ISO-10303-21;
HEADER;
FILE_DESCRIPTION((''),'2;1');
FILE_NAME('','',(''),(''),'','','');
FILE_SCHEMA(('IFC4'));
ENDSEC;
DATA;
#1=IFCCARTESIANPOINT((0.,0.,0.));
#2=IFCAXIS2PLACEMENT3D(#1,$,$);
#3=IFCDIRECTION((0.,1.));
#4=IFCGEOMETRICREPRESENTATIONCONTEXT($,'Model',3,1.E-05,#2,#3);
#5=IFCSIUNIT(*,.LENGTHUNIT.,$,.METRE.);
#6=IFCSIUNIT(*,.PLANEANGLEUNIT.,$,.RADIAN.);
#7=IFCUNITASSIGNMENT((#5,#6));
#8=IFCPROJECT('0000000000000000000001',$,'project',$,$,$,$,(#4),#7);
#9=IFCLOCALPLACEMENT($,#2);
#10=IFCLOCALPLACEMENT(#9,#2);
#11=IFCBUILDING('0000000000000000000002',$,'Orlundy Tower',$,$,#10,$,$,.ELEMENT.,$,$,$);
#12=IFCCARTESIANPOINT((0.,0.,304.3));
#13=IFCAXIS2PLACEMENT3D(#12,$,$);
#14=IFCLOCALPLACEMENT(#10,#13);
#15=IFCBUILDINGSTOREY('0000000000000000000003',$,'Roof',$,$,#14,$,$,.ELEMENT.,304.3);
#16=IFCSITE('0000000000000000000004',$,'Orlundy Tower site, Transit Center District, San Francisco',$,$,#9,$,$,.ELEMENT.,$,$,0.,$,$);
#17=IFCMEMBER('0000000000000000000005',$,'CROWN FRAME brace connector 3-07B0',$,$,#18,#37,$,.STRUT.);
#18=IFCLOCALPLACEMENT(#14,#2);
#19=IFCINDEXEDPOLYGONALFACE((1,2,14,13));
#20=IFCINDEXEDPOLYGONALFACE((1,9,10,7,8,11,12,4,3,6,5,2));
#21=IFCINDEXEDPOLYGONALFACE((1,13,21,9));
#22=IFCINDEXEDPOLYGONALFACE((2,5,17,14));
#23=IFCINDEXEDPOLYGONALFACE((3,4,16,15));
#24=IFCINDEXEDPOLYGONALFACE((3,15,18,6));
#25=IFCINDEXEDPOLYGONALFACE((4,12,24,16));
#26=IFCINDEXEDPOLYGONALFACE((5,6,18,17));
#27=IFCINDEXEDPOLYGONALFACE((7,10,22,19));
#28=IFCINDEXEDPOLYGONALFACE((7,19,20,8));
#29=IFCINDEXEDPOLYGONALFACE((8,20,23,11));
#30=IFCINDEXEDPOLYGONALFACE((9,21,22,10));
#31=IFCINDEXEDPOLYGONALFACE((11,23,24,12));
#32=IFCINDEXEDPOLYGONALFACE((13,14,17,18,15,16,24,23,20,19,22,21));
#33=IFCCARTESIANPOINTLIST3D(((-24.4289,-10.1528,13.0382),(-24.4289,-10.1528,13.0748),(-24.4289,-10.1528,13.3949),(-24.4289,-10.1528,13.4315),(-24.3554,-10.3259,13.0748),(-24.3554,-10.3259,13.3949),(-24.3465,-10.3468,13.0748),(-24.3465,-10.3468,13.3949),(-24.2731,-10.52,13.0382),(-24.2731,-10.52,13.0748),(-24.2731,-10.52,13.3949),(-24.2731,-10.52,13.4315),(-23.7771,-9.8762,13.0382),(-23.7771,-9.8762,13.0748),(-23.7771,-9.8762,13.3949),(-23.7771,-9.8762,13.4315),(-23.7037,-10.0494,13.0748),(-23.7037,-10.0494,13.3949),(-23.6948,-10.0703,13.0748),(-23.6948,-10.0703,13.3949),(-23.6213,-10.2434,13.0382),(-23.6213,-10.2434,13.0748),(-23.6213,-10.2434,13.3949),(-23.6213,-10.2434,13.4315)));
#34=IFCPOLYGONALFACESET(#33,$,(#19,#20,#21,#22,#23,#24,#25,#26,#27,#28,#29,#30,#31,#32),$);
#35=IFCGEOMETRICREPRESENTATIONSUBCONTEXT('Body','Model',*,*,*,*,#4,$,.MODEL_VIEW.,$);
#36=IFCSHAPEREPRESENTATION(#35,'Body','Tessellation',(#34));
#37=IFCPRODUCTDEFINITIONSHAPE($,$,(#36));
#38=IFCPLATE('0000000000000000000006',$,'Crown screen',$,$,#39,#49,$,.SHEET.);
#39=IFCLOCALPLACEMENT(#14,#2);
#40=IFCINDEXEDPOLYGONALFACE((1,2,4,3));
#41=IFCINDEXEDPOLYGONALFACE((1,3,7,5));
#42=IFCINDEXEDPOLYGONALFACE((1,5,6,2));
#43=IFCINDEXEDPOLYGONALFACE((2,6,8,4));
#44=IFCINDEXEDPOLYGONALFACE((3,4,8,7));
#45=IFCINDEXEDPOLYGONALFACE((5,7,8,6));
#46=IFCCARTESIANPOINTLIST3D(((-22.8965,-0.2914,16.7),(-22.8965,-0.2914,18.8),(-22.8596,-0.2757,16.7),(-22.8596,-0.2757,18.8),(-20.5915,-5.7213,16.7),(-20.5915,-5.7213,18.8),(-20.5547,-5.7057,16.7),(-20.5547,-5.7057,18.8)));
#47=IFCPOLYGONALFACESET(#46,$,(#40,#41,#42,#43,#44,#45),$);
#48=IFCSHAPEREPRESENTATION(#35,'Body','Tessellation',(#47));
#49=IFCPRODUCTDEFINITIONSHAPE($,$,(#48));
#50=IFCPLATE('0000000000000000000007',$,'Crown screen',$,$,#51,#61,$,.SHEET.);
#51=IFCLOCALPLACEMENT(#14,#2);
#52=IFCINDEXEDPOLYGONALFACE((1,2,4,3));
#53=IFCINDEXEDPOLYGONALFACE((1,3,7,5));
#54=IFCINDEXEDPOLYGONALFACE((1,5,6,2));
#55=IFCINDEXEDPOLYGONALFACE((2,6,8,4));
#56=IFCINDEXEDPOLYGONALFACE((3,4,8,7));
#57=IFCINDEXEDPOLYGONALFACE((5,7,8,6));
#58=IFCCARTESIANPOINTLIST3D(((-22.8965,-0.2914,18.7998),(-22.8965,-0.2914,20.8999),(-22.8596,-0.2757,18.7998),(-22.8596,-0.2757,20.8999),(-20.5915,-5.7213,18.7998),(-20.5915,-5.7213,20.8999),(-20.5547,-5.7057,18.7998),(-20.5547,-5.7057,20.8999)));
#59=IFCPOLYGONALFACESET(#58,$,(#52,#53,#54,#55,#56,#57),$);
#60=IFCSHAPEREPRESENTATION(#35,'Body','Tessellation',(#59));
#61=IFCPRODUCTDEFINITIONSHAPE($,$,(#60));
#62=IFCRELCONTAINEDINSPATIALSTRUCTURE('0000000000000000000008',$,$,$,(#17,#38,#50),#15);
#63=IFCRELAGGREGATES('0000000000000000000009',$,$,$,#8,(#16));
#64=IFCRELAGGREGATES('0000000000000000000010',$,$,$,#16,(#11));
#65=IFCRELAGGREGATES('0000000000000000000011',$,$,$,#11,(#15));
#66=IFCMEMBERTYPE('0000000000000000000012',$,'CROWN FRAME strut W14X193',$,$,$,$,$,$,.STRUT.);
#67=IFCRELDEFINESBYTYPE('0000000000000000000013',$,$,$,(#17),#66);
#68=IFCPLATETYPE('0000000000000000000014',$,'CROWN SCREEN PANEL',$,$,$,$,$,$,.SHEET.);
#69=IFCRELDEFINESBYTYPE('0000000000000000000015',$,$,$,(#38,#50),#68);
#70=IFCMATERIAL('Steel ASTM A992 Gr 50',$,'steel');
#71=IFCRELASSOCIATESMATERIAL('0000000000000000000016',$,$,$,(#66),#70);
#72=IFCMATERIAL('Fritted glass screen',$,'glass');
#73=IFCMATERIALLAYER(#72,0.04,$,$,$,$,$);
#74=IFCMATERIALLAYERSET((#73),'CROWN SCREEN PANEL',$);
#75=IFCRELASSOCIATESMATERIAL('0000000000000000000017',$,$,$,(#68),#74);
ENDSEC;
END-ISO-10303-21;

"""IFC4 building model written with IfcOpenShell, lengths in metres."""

from ifc_helpers import new_model, si_unit, direction, frame, origin, origin_2d, place, context, subcontext, project, spatial, rectangle, i_section, extrude, material, layer, layer_set, material_profile, profile_set, type_object, element, save


model = new_model("IFC4")

# Units and contexts
model_context = context("Model", 3, precision=1e-05, world=origin(), true_north=direction((0.0, 1.0)))
body_context = subcontext(model_context, "Body", "Model", "MODEL_VIEW")
ifc_project = project(units=[si_unit("LENGTHUNIT", "METRE"), si_unit("PLANEANGLEUNIT", "RADIAN")], contexts=[model_context])

# Site, building, storey
site_placement = place(None, origin())
site = spatial("IfcSite", under=ifc_project, at=site_placement, Name="Orlundy Tower site, Transit Center District, San Francisco", CompositionType="ELEMENT", RefElevation=0.0)
building_placement = place(site_placement, origin())
building = spatial("IfcBuilding", under=site, at=building_placement, Name="Orlundy Tower", CompositionType="ELEMENT")
storey_placement = place(building_placement, frame((0.0, 0.0, 304.3)))
storey = spatial("IfcBuildingStorey", under=building, at=storey_placement, Name="Roof", CompositionType="ELEMENT", Elevation=304.3)

# Member
ifc_material_1 = material(Name="Steel ASTM A992 Gr 50", Category="steel")
ifc_material_profile_1 = material_profile(ifc_material_1, i_section(OverallWidth=0.3989, OverallDepth=0.3933, WebThickness=0.0227, FlangeThickness=0.0366, at=origin_2d()), Name="W14X193")
ifc_profile_set_1 = profile_set([ifc_material_profile_1], Name="Steel ASTM A992 Gr 50")
member_type_1 = type_object("IfcMemberType", Name="CROWN FRAME strut W14X193", PredefinedType="STRUT", material=ifc_profile_set_1)
for number, where, z_axis, x_axis, name in (
    (1, (-23.6992, -10.0598, 13.2349), (-0.920548, -0.39063, 0.0), (0.39063, -0.920548, 0.0), "CROWN FRAME brace connector 3-07B0"),
):
    element("IfcMember", number, at=place(storey_placement, frame(where, z_axis=z_axis, x_axis=x_axis)), inside=storey, type_object=member_type_1, Name=name, PredefinedType="STRUT", context=body_context, shape_type="SweptSolid", body=[
        extrude(i_section(OverallWidth=0.3989, OverallDepth=0.3933, WebThickness=0.0227, FlangeThickness=0.0366, at=origin_2d()), origin(), (0.0, 0.0, 1.0), 0.708),
    ])

# Plates
ifc_material_2 = material(Name="Fritted glass screen", Category="glass")
ifc_layer = layer(ifc_material_2, 0.04)
ifc_layer_set = layer_set([ifc_layer], Name="CROWN SCREEN PANEL")
plate_type = type_object("IfcPlateType", Name="CROWN SCREEN PANEL", PredefinedType="SHEET", material=ifc_layer_set)
for number, where, z_axis, x_axis, name in (
    (2, (-21.7256, -2.9985, 16.7), (0.0, 0.0, 1.0), (0.390742, -0.9205, 0.0), "Crown screen"),
    (3, (-21.7256, -2.9985, 18.7998), (0.0, 0.0, 1.0), (0.390742, -0.9205, 0.0), "Crown screen"),
):
    element("IfcPlate", number, at=place(storey_placement, frame(where, z_axis=z_axis, x_axis=x_axis)), inside=storey, type_object=plate_type, Name=name, PredefinedType="SHEET", context=body_context, shape_type="SweptSolid", body=[
        extrude(rectangle(XDim=5.8989, YDim=0.04, at=origin_2d()), origin(), (0.0, 0.0, 1.0), 2.1001),
    ])

save(model, "model.ifc")
